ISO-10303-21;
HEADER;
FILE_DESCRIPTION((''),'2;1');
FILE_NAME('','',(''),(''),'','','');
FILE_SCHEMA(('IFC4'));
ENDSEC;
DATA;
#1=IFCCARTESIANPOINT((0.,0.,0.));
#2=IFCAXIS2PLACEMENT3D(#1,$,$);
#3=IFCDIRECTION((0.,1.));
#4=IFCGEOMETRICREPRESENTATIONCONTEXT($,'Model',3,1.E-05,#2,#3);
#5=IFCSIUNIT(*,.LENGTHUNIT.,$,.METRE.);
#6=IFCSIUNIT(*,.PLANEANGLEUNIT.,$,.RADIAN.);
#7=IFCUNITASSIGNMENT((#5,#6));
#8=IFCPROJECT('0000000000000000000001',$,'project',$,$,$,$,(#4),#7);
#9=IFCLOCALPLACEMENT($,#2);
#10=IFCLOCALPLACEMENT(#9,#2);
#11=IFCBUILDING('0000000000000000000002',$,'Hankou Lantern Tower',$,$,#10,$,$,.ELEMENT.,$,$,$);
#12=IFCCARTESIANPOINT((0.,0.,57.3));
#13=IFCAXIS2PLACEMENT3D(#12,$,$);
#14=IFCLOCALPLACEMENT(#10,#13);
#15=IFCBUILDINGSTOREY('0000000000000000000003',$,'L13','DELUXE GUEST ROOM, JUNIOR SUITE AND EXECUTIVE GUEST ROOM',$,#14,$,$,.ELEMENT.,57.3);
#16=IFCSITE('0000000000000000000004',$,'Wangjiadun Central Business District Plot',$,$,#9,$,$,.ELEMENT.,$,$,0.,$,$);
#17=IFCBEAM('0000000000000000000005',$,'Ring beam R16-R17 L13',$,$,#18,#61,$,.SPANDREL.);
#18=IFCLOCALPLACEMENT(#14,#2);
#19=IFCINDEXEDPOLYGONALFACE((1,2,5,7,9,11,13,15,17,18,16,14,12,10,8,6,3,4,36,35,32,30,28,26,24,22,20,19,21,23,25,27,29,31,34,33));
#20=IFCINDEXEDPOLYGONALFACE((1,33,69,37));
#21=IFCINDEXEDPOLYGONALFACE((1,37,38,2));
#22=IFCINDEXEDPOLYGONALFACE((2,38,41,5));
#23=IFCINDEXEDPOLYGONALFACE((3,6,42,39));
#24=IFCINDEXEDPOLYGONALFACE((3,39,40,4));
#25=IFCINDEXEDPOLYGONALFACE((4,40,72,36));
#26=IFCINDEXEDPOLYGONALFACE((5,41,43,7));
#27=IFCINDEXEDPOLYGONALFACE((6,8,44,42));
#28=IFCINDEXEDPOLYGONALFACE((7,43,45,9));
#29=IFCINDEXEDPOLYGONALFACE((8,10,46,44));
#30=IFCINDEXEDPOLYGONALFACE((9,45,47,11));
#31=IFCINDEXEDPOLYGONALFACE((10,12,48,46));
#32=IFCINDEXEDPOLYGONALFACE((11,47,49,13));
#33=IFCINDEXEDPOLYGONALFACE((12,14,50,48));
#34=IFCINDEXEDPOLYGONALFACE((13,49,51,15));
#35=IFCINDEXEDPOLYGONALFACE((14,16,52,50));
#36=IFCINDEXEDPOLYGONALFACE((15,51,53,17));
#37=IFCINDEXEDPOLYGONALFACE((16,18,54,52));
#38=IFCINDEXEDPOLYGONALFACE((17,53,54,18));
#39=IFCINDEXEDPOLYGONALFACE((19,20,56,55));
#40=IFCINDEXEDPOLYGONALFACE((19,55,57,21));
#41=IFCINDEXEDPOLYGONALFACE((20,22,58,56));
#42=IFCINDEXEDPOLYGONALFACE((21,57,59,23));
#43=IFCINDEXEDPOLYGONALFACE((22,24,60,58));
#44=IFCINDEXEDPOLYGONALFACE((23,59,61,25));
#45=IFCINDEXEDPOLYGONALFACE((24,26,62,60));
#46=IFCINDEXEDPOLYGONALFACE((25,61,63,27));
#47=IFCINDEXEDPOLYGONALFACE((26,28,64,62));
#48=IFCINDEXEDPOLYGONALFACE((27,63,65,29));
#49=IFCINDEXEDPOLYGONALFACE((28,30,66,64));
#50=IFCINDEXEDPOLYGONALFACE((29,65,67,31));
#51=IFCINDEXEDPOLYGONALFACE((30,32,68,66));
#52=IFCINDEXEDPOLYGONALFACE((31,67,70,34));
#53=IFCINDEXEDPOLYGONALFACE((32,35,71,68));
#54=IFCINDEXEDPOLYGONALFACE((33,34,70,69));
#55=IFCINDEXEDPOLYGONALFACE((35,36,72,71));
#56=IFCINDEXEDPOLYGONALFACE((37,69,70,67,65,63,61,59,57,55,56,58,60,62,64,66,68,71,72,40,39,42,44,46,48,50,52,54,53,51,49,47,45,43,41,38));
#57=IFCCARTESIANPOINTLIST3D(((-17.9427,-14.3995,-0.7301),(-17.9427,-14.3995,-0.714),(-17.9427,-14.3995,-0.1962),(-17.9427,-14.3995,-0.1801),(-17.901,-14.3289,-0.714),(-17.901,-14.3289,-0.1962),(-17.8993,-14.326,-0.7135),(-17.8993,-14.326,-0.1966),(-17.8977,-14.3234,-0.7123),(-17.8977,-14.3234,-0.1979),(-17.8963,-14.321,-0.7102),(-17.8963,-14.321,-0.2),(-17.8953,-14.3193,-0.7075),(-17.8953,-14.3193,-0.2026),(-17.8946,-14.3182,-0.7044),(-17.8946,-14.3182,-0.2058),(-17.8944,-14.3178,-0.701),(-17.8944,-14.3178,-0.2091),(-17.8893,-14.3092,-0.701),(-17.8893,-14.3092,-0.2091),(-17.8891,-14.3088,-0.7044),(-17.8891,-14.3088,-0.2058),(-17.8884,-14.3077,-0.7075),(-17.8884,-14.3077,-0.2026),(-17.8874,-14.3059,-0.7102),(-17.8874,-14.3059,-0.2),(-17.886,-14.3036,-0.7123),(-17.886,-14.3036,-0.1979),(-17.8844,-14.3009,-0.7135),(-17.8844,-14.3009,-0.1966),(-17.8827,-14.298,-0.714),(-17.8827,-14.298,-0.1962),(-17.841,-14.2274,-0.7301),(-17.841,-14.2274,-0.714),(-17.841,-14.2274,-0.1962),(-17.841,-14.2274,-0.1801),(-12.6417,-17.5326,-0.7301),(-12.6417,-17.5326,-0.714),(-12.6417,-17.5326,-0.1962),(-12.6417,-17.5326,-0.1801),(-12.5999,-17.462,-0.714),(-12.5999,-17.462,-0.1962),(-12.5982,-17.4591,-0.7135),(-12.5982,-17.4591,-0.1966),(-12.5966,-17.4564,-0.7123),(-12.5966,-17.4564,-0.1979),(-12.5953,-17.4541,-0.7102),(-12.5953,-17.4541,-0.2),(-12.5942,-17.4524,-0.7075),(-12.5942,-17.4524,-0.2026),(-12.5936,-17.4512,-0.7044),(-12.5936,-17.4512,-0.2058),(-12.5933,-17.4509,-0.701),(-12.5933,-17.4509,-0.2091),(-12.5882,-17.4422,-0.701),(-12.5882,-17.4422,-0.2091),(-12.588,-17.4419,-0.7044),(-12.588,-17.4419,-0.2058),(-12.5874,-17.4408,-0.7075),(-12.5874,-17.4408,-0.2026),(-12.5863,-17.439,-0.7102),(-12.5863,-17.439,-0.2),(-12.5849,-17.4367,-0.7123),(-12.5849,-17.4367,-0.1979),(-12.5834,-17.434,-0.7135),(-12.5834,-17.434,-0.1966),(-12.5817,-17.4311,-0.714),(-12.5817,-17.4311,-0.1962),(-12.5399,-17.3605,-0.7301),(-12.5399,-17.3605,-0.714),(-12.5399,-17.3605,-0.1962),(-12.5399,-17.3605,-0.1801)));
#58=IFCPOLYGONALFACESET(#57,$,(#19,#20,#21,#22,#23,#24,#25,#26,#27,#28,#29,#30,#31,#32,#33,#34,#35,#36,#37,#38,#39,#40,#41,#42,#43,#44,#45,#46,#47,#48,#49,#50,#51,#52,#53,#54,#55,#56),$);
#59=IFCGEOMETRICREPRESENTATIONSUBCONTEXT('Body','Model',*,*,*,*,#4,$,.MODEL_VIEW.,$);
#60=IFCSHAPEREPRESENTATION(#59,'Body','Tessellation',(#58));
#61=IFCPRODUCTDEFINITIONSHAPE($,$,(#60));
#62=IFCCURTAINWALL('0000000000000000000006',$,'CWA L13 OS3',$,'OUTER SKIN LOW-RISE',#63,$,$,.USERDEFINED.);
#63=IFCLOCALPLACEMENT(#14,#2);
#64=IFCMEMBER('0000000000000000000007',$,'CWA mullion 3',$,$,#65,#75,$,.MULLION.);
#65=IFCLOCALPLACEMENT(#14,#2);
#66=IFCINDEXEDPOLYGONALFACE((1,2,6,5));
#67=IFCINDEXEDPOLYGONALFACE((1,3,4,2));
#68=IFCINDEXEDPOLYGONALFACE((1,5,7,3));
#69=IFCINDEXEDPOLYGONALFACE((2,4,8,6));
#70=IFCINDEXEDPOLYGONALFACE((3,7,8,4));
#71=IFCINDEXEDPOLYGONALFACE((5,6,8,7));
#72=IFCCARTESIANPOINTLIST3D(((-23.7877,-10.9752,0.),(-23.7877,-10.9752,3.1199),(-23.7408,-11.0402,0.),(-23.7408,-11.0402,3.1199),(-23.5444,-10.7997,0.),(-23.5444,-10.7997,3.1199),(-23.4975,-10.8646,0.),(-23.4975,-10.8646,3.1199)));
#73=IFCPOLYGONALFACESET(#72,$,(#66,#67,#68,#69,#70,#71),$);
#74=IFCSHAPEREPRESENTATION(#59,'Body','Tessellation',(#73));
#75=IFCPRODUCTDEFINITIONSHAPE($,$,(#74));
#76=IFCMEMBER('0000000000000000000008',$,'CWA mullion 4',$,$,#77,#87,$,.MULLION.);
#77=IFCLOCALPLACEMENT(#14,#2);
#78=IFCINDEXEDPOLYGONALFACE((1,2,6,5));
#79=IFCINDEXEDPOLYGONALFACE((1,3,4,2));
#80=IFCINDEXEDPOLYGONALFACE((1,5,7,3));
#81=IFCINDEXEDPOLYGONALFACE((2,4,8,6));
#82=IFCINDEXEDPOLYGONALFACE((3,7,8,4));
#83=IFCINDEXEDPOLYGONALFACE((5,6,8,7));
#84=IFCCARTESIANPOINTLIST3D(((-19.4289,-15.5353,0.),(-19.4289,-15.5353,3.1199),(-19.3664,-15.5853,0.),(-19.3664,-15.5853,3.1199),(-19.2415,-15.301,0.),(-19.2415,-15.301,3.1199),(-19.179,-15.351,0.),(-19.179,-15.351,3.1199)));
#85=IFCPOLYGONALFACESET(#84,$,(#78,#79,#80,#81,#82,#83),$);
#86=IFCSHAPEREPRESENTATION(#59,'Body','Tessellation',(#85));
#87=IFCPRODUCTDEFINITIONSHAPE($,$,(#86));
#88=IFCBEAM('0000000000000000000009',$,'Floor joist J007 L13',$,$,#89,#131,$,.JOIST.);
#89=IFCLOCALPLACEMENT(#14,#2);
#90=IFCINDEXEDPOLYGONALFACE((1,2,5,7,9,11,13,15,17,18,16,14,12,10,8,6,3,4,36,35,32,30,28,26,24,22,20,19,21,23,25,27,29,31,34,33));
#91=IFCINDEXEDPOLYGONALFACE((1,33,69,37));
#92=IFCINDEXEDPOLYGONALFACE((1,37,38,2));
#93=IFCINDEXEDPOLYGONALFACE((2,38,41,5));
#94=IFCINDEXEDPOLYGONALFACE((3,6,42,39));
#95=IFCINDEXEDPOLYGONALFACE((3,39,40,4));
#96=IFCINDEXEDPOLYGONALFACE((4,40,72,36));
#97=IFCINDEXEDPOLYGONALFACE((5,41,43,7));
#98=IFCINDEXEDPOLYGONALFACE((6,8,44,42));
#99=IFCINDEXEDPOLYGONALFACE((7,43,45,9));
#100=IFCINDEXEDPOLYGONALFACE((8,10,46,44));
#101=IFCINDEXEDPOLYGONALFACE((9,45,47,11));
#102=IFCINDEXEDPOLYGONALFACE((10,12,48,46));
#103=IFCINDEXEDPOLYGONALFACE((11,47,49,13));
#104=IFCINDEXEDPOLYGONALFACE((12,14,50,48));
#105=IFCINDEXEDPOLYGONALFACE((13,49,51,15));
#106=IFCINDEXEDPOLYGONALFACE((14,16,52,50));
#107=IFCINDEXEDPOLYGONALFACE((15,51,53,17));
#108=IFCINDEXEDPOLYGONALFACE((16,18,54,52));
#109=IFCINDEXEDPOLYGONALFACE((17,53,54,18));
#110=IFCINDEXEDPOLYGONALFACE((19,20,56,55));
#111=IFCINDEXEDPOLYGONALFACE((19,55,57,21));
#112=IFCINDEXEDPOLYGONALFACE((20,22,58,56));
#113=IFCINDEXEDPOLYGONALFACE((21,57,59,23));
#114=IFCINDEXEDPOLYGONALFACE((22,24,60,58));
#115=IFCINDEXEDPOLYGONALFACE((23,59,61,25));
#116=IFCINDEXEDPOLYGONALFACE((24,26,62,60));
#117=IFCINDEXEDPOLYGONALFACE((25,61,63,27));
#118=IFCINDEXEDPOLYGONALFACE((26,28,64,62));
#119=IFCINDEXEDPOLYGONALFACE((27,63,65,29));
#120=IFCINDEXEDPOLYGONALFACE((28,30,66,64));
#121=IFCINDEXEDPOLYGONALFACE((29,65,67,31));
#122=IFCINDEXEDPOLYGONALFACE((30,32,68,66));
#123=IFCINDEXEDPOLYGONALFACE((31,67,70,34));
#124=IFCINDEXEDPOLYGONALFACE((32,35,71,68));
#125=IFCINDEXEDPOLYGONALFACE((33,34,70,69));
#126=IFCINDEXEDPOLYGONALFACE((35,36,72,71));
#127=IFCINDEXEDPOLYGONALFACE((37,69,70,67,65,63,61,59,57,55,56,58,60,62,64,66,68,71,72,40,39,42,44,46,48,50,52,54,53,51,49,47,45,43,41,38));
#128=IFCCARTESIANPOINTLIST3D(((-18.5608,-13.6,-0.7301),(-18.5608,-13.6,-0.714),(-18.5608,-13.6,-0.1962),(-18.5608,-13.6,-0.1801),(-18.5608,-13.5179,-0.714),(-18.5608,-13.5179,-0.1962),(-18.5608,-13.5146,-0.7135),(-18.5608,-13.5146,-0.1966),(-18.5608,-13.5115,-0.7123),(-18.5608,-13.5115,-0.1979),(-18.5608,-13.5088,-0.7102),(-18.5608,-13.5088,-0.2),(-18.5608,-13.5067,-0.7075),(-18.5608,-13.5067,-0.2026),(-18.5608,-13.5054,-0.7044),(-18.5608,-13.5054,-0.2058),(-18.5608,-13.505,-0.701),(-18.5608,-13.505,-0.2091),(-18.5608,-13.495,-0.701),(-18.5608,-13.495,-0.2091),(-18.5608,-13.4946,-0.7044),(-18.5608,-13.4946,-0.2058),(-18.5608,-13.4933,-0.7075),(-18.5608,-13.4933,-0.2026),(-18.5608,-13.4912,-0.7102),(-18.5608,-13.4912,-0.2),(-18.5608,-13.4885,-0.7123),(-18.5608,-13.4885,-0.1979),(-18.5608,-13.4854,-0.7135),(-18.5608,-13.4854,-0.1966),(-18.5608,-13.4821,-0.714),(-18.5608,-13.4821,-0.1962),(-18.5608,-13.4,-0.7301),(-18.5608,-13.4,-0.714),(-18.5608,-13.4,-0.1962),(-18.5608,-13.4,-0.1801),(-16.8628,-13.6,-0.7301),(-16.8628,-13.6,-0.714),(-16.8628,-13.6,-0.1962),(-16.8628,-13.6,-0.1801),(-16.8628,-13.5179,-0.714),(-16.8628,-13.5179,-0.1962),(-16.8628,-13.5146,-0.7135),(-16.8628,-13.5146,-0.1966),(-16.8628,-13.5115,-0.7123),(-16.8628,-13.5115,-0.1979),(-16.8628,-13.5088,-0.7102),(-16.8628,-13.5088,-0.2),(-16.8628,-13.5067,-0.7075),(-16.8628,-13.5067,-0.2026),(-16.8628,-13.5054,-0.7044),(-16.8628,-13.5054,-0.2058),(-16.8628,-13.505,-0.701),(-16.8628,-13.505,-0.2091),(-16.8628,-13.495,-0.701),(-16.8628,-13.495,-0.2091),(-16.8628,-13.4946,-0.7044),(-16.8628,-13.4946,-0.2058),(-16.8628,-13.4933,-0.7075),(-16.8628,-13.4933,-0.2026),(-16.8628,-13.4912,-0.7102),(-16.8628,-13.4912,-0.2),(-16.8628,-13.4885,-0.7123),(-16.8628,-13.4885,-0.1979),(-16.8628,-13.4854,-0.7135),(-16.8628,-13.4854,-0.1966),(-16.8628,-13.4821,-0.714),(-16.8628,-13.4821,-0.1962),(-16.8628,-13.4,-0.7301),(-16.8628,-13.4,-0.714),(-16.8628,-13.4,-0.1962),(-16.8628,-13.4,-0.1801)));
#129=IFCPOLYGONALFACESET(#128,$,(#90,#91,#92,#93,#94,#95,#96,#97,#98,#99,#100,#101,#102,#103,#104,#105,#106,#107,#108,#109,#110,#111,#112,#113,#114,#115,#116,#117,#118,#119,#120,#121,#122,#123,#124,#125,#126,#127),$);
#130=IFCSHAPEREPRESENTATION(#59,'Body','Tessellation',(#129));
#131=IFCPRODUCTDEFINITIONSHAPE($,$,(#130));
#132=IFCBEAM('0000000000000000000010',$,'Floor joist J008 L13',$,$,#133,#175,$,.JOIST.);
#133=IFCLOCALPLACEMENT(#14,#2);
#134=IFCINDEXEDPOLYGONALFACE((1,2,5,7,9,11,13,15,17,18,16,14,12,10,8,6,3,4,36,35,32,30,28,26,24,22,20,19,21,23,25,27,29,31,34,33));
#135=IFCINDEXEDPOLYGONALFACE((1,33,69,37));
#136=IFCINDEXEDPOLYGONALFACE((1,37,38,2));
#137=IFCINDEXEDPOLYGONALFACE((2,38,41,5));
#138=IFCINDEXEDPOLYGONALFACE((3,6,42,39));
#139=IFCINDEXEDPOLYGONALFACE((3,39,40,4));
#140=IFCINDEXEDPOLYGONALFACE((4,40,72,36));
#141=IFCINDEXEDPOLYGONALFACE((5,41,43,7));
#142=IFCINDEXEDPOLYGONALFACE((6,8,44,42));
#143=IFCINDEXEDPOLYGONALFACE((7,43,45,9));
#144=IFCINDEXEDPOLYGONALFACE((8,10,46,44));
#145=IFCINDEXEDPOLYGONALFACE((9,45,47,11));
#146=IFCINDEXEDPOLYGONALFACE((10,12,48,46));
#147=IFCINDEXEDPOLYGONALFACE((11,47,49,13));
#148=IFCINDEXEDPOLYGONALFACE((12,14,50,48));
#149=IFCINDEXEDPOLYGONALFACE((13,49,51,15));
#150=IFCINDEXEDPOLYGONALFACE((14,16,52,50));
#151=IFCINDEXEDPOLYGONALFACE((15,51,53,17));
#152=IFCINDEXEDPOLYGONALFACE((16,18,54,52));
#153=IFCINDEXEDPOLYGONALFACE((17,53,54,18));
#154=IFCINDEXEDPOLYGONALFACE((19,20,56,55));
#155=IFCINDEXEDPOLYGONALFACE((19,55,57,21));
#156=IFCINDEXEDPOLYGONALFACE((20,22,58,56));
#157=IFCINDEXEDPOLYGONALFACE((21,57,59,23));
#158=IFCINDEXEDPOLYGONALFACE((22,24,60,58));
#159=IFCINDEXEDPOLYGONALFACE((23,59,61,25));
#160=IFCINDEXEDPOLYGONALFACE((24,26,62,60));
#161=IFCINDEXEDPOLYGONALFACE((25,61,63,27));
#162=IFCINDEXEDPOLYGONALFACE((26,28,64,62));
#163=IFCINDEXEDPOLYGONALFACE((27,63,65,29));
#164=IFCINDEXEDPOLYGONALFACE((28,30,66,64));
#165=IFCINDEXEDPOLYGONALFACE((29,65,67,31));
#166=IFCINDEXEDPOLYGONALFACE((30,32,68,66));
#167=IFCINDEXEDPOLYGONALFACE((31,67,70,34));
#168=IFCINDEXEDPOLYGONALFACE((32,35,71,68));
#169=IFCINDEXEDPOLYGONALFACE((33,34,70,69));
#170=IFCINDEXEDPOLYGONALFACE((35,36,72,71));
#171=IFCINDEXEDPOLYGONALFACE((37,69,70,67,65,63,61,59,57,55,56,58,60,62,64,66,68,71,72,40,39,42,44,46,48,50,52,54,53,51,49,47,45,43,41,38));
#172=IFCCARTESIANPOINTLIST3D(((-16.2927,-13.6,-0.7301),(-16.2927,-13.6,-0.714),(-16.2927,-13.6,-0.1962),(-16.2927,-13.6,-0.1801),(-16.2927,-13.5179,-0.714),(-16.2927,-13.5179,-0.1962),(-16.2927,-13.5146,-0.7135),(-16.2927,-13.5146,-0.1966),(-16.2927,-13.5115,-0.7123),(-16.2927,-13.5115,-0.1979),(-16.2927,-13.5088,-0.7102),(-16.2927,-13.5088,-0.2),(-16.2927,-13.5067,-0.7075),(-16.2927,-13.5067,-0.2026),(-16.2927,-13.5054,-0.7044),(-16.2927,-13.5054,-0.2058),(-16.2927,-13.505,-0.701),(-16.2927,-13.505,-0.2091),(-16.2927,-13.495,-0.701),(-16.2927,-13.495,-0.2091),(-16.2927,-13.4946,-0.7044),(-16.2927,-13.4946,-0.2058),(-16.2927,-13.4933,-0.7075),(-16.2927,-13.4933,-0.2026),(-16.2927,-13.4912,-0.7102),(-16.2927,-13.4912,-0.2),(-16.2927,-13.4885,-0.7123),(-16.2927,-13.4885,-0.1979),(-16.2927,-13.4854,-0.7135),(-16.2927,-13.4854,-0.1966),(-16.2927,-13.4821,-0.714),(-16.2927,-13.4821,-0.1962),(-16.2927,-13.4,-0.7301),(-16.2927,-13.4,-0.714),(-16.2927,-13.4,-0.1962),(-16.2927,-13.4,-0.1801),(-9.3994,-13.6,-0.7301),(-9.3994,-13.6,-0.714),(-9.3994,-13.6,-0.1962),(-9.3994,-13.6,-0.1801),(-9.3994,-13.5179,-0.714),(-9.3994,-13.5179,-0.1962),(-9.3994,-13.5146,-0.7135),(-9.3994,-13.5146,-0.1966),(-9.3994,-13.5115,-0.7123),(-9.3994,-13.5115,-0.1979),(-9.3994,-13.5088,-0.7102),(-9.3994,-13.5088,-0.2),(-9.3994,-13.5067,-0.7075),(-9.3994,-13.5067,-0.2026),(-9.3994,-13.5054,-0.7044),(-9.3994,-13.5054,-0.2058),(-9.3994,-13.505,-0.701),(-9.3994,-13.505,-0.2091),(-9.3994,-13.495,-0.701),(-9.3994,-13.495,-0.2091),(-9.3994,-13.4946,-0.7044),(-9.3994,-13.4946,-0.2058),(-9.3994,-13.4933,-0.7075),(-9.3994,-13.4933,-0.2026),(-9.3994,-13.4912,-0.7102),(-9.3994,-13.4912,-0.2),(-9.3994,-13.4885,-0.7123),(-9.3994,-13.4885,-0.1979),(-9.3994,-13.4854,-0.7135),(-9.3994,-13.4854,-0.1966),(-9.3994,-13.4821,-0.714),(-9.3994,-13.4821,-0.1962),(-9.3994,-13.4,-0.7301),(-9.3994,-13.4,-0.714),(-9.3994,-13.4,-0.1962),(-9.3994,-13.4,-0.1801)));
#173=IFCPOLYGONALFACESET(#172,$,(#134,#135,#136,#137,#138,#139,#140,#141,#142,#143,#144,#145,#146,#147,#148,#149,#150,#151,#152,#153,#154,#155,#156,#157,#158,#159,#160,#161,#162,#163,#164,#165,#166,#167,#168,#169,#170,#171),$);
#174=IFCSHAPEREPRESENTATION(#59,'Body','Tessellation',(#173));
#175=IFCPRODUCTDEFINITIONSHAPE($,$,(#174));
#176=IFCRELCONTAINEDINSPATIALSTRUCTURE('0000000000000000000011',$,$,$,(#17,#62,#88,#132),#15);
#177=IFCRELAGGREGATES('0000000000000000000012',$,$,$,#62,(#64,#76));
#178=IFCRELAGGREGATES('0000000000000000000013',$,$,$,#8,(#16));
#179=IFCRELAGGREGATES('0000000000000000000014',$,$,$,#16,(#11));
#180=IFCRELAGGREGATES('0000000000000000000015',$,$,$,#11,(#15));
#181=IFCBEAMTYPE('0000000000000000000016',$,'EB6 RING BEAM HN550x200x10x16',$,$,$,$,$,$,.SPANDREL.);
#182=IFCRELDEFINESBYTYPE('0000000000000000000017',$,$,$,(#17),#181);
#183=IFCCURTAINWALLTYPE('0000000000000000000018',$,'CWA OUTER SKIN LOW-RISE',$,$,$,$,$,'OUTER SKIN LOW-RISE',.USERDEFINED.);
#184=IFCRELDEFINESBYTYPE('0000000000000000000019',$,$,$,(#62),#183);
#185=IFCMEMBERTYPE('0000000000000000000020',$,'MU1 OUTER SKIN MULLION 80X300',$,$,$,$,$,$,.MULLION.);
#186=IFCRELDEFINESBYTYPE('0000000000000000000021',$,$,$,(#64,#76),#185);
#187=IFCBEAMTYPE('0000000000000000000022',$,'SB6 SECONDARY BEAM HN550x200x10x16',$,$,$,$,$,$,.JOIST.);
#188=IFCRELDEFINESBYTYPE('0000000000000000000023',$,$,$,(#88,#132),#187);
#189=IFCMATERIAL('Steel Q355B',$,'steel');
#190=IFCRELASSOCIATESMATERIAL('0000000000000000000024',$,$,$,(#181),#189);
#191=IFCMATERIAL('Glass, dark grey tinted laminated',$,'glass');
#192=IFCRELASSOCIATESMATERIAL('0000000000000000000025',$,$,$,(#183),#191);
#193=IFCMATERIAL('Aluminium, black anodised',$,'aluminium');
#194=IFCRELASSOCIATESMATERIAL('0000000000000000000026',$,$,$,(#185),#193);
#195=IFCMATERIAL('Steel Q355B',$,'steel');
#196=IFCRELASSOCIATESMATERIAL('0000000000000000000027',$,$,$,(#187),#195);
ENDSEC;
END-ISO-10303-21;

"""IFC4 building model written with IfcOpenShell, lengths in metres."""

from ifc_helpers import new_model, si_unit, direction, frame, origin, origin_2d, place, context, subcontext, project, spatial, rectangle, i_section, extrude, material, material_profile, profile_set, type_object, element, aggregate, save


model = new_model("IFC4")

# Units and contexts
model_context = context("Model", 3, precision=1e-05, world=origin(), true_north=direction((0.0, 1.0)))
body_context = subcontext(model_context, "Body", "Model", "MODEL_VIEW")
ifc_project = project(units=[si_unit("LENGTHUNIT", "METRE"), si_unit("PLANEANGLEUNIT", "RADIAN")], contexts=[model_context])

# Site, building, storey
site_placement = place(None, origin())
site = spatial("IfcSite", under=ifc_project, at=site_placement, Name="Wangjiadun Central Business District Plot", CompositionType="ELEMENT", RefElevation=0.0)
building_placement = place(site_placement, origin())
building = spatial("IfcBuilding", under=site, at=building_placement, Name="Hankou Lantern Tower", CompositionType="ELEMENT")
storey_placement = place(building_placement, frame((0.0, 0.0, 57.3)))
storey = spatial("IfcBuildingStorey", under=building, at=storey_placement, Name="L13", Description="DELUXE GUEST ROOM, JUNIOR SUITE AND EXECUTIVE GUEST ROOM", CompositionType="ELEMENT", Elevation=57.3)

# Beam
ifc_material_1 = material(Name="Steel Q355B", Category="steel")
ifc_material_profile_1 = material_profile(ifc_material_1, i_section(OverallWidth=0.2, OverallDepth=0.55, WebThickness=0.01, FlangeThickness=0.0161, FilletRadius=0.0129, at=origin_2d()), Name="HN550x200x10x16")
ifc_profile_set_1 = profile_set([ifc_material_profile_1], Name="Steel Q355B")
beam_type_1 = type_object("IfcBeamType", Name="EB6 RING BEAM HN550x200x10x16", PredefinedType="SPANDREL", material=ifc_profile_set_1)
beam_1_placement = place(storey_placement, frame((-17.8918, -14.3135, -0.4551), z_axis=(0.860882, -0.508805, 0.0), x_axis=(0.508805, 0.860882, 0.0)))
element("IfcBeam", 1, at=beam_1_placement, inside=storey, type_object=beam_type_1, Name="Ring beam R16-R17 L13", PredefinedType="SPANDREL", context=body_context, shape_type="SweptSolid", body=[
    extrude(i_section(OverallWidth=0.2, OverallDepth=0.55, WebThickness=0.01, FlangeThickness=0.0161, FilletRadius=0.0129, at=origin_2d()), origin(), (0.0, 0.0, 1.0), 6.1577),
])

# Curtain wall, members
ifc_material_2 = material(Name="Glass, dark grey tinted laminated", Category="glass")
curtain_wall_type = type_object("IfcCurtainWallType", Name="CWA OUTER SKIN LOW-RISE", ElementType="OUTER SKIN LOW-RISE", PredefinedType="USERDEFINED", material=ifc_material_2)
curtain_wall_placement = place(storey_placement, origin())
curtain_wall = element("IfcCurtainWall", 2, at=curtain_wall_placement, inside=storey, type_object=curtain_wall_type, Name="CWA L13 OS3", ObjectType="OUTER SKIN LOW-RISE", PredefinedType="USERDEFINED")
ifc_material_3 = material(Name="Aluminium, black anodised", Category="aluminium")
ifc_material_profile_2 = material_profile(ifc_material_3, rectangle(XDim=0.0801, YDim=0.3, at=origin_2d()), Name="MU1 80X300")
ifc_profile_set_2 = profile_set([ifc_material_profile_2], Name="Aluminium, black anodised")
member_type_1 = type_object("IfcMemberType", Name="MU1 OUTER SKIN MULLION 80X300", PredefinedType="MULLION", material=ifc_profile_set_2)
member_1_placement = place(storey_placement, frame((-23.6426, -10.9199, 0.0), z_axis=(0.0, 0.0, 1.0), x_axis=(0.585206, -0.810885, 0.0)))
member_1 = element("IfcMember", 3, at=member_1_placement, type_object=member_type_1, Name="CWA mullion 3", PredefinedType="MULLION", context=body_context, shape_type="SweptSolid", body=[
    extrude(rectangle(XDim=0.0801, YDim=0.3, at=origin_2d()), origin(), (0.0, 0.0, 1.0), 3.1199),
])
member_2_placement = place(storey_placement, frame((-19.304, -15.4431, 0.0), z_axis=(0.0, 0.0, 1.0), x_axis=(0.780869, -0.624695, 0.0)))
member_2 = element("IfcMember", 4, at=member_2_placement, type_object=member_type_1, Name="CWA mullion 4", PredefinedType="MULLION", context=body_context, shape_type="SweptSolid", body=[
    extrude(rectangle(XDim=0.0801, YDim=0.3, at=origin_2d()), origin(), (0.0, 0.0, 1.0), 3.1199),
])

# Beams
ifc_material_4 = material(Name="Steel Q355B", Category="steel")
ifc_material_profile_3 = material_profile(ifc_material_4, i_section(OverallWidth=0.2, OverallDepth=0.55, WebThickness=0.01, FlangeThickness=0.0161, FilletRadius=0.0129, at=origin_2d()), Name="HN550x200x10x16")
ifc_profile_set_3 = profile_set([ifc_material_profile_3], Name="Steel Q355B")
beam_type_2 = type_object("IfcBeamType", Name="SB6 SECONDARY BEAM HN550x200x10x16", PredefinedType="JOIST", material=ifc_profile_set_3)
beam_2_placement = place(storey_placement, frame((-18.5608, -13.5, -0.4551), z_axis=(1.0, 0.0, 0.0), x_axis=(0.0, 1.0, 0.0)))
element("IfcBeam", 5, at=beam_2_placement, inside=storey, type_object=beam_type_2, Name="Floor joist J007 L13", PredefinedType="JOIST", context=body_context, shape_type="SweptSolid", body=[
    extrude(i_section(OverallWidth=0.2, OverallDepth=0.55, WebThickness=0.01, FlangeThickness=0.0161, FilletRadius=0.0129, at=origin_2d()), origin(), (0.0, 0.0, 1.0), 1.698),
])
beam_3_placement = place(storey_placement, frame((-16.2927, -13.5, -0.4551), z_axis=(1.0, 0.0, 0.0), x_axis=(0.0, 1.0, 0.0)))
element("IfcBeam", 6, at=beam_3_placement, inside=storey, type_object=beam_type_2, Name="Floor joist J008 L13", PredefinedType="JOIST", context=body_context, shape_type="SweptSolid", body=[
    extrude(i_section(OverallWidth=0.2, OverallDepth=0.55, WebThickness=0.01, FlangeThickness=0.0161, FilletRadius=0.0129, at=origin_2d()), origin(), (0.0, 0.0, 1.0), 6.8933),
])

aggregate(curtain_wall, [member_1, member_2])

save(model, "model.ifc")
